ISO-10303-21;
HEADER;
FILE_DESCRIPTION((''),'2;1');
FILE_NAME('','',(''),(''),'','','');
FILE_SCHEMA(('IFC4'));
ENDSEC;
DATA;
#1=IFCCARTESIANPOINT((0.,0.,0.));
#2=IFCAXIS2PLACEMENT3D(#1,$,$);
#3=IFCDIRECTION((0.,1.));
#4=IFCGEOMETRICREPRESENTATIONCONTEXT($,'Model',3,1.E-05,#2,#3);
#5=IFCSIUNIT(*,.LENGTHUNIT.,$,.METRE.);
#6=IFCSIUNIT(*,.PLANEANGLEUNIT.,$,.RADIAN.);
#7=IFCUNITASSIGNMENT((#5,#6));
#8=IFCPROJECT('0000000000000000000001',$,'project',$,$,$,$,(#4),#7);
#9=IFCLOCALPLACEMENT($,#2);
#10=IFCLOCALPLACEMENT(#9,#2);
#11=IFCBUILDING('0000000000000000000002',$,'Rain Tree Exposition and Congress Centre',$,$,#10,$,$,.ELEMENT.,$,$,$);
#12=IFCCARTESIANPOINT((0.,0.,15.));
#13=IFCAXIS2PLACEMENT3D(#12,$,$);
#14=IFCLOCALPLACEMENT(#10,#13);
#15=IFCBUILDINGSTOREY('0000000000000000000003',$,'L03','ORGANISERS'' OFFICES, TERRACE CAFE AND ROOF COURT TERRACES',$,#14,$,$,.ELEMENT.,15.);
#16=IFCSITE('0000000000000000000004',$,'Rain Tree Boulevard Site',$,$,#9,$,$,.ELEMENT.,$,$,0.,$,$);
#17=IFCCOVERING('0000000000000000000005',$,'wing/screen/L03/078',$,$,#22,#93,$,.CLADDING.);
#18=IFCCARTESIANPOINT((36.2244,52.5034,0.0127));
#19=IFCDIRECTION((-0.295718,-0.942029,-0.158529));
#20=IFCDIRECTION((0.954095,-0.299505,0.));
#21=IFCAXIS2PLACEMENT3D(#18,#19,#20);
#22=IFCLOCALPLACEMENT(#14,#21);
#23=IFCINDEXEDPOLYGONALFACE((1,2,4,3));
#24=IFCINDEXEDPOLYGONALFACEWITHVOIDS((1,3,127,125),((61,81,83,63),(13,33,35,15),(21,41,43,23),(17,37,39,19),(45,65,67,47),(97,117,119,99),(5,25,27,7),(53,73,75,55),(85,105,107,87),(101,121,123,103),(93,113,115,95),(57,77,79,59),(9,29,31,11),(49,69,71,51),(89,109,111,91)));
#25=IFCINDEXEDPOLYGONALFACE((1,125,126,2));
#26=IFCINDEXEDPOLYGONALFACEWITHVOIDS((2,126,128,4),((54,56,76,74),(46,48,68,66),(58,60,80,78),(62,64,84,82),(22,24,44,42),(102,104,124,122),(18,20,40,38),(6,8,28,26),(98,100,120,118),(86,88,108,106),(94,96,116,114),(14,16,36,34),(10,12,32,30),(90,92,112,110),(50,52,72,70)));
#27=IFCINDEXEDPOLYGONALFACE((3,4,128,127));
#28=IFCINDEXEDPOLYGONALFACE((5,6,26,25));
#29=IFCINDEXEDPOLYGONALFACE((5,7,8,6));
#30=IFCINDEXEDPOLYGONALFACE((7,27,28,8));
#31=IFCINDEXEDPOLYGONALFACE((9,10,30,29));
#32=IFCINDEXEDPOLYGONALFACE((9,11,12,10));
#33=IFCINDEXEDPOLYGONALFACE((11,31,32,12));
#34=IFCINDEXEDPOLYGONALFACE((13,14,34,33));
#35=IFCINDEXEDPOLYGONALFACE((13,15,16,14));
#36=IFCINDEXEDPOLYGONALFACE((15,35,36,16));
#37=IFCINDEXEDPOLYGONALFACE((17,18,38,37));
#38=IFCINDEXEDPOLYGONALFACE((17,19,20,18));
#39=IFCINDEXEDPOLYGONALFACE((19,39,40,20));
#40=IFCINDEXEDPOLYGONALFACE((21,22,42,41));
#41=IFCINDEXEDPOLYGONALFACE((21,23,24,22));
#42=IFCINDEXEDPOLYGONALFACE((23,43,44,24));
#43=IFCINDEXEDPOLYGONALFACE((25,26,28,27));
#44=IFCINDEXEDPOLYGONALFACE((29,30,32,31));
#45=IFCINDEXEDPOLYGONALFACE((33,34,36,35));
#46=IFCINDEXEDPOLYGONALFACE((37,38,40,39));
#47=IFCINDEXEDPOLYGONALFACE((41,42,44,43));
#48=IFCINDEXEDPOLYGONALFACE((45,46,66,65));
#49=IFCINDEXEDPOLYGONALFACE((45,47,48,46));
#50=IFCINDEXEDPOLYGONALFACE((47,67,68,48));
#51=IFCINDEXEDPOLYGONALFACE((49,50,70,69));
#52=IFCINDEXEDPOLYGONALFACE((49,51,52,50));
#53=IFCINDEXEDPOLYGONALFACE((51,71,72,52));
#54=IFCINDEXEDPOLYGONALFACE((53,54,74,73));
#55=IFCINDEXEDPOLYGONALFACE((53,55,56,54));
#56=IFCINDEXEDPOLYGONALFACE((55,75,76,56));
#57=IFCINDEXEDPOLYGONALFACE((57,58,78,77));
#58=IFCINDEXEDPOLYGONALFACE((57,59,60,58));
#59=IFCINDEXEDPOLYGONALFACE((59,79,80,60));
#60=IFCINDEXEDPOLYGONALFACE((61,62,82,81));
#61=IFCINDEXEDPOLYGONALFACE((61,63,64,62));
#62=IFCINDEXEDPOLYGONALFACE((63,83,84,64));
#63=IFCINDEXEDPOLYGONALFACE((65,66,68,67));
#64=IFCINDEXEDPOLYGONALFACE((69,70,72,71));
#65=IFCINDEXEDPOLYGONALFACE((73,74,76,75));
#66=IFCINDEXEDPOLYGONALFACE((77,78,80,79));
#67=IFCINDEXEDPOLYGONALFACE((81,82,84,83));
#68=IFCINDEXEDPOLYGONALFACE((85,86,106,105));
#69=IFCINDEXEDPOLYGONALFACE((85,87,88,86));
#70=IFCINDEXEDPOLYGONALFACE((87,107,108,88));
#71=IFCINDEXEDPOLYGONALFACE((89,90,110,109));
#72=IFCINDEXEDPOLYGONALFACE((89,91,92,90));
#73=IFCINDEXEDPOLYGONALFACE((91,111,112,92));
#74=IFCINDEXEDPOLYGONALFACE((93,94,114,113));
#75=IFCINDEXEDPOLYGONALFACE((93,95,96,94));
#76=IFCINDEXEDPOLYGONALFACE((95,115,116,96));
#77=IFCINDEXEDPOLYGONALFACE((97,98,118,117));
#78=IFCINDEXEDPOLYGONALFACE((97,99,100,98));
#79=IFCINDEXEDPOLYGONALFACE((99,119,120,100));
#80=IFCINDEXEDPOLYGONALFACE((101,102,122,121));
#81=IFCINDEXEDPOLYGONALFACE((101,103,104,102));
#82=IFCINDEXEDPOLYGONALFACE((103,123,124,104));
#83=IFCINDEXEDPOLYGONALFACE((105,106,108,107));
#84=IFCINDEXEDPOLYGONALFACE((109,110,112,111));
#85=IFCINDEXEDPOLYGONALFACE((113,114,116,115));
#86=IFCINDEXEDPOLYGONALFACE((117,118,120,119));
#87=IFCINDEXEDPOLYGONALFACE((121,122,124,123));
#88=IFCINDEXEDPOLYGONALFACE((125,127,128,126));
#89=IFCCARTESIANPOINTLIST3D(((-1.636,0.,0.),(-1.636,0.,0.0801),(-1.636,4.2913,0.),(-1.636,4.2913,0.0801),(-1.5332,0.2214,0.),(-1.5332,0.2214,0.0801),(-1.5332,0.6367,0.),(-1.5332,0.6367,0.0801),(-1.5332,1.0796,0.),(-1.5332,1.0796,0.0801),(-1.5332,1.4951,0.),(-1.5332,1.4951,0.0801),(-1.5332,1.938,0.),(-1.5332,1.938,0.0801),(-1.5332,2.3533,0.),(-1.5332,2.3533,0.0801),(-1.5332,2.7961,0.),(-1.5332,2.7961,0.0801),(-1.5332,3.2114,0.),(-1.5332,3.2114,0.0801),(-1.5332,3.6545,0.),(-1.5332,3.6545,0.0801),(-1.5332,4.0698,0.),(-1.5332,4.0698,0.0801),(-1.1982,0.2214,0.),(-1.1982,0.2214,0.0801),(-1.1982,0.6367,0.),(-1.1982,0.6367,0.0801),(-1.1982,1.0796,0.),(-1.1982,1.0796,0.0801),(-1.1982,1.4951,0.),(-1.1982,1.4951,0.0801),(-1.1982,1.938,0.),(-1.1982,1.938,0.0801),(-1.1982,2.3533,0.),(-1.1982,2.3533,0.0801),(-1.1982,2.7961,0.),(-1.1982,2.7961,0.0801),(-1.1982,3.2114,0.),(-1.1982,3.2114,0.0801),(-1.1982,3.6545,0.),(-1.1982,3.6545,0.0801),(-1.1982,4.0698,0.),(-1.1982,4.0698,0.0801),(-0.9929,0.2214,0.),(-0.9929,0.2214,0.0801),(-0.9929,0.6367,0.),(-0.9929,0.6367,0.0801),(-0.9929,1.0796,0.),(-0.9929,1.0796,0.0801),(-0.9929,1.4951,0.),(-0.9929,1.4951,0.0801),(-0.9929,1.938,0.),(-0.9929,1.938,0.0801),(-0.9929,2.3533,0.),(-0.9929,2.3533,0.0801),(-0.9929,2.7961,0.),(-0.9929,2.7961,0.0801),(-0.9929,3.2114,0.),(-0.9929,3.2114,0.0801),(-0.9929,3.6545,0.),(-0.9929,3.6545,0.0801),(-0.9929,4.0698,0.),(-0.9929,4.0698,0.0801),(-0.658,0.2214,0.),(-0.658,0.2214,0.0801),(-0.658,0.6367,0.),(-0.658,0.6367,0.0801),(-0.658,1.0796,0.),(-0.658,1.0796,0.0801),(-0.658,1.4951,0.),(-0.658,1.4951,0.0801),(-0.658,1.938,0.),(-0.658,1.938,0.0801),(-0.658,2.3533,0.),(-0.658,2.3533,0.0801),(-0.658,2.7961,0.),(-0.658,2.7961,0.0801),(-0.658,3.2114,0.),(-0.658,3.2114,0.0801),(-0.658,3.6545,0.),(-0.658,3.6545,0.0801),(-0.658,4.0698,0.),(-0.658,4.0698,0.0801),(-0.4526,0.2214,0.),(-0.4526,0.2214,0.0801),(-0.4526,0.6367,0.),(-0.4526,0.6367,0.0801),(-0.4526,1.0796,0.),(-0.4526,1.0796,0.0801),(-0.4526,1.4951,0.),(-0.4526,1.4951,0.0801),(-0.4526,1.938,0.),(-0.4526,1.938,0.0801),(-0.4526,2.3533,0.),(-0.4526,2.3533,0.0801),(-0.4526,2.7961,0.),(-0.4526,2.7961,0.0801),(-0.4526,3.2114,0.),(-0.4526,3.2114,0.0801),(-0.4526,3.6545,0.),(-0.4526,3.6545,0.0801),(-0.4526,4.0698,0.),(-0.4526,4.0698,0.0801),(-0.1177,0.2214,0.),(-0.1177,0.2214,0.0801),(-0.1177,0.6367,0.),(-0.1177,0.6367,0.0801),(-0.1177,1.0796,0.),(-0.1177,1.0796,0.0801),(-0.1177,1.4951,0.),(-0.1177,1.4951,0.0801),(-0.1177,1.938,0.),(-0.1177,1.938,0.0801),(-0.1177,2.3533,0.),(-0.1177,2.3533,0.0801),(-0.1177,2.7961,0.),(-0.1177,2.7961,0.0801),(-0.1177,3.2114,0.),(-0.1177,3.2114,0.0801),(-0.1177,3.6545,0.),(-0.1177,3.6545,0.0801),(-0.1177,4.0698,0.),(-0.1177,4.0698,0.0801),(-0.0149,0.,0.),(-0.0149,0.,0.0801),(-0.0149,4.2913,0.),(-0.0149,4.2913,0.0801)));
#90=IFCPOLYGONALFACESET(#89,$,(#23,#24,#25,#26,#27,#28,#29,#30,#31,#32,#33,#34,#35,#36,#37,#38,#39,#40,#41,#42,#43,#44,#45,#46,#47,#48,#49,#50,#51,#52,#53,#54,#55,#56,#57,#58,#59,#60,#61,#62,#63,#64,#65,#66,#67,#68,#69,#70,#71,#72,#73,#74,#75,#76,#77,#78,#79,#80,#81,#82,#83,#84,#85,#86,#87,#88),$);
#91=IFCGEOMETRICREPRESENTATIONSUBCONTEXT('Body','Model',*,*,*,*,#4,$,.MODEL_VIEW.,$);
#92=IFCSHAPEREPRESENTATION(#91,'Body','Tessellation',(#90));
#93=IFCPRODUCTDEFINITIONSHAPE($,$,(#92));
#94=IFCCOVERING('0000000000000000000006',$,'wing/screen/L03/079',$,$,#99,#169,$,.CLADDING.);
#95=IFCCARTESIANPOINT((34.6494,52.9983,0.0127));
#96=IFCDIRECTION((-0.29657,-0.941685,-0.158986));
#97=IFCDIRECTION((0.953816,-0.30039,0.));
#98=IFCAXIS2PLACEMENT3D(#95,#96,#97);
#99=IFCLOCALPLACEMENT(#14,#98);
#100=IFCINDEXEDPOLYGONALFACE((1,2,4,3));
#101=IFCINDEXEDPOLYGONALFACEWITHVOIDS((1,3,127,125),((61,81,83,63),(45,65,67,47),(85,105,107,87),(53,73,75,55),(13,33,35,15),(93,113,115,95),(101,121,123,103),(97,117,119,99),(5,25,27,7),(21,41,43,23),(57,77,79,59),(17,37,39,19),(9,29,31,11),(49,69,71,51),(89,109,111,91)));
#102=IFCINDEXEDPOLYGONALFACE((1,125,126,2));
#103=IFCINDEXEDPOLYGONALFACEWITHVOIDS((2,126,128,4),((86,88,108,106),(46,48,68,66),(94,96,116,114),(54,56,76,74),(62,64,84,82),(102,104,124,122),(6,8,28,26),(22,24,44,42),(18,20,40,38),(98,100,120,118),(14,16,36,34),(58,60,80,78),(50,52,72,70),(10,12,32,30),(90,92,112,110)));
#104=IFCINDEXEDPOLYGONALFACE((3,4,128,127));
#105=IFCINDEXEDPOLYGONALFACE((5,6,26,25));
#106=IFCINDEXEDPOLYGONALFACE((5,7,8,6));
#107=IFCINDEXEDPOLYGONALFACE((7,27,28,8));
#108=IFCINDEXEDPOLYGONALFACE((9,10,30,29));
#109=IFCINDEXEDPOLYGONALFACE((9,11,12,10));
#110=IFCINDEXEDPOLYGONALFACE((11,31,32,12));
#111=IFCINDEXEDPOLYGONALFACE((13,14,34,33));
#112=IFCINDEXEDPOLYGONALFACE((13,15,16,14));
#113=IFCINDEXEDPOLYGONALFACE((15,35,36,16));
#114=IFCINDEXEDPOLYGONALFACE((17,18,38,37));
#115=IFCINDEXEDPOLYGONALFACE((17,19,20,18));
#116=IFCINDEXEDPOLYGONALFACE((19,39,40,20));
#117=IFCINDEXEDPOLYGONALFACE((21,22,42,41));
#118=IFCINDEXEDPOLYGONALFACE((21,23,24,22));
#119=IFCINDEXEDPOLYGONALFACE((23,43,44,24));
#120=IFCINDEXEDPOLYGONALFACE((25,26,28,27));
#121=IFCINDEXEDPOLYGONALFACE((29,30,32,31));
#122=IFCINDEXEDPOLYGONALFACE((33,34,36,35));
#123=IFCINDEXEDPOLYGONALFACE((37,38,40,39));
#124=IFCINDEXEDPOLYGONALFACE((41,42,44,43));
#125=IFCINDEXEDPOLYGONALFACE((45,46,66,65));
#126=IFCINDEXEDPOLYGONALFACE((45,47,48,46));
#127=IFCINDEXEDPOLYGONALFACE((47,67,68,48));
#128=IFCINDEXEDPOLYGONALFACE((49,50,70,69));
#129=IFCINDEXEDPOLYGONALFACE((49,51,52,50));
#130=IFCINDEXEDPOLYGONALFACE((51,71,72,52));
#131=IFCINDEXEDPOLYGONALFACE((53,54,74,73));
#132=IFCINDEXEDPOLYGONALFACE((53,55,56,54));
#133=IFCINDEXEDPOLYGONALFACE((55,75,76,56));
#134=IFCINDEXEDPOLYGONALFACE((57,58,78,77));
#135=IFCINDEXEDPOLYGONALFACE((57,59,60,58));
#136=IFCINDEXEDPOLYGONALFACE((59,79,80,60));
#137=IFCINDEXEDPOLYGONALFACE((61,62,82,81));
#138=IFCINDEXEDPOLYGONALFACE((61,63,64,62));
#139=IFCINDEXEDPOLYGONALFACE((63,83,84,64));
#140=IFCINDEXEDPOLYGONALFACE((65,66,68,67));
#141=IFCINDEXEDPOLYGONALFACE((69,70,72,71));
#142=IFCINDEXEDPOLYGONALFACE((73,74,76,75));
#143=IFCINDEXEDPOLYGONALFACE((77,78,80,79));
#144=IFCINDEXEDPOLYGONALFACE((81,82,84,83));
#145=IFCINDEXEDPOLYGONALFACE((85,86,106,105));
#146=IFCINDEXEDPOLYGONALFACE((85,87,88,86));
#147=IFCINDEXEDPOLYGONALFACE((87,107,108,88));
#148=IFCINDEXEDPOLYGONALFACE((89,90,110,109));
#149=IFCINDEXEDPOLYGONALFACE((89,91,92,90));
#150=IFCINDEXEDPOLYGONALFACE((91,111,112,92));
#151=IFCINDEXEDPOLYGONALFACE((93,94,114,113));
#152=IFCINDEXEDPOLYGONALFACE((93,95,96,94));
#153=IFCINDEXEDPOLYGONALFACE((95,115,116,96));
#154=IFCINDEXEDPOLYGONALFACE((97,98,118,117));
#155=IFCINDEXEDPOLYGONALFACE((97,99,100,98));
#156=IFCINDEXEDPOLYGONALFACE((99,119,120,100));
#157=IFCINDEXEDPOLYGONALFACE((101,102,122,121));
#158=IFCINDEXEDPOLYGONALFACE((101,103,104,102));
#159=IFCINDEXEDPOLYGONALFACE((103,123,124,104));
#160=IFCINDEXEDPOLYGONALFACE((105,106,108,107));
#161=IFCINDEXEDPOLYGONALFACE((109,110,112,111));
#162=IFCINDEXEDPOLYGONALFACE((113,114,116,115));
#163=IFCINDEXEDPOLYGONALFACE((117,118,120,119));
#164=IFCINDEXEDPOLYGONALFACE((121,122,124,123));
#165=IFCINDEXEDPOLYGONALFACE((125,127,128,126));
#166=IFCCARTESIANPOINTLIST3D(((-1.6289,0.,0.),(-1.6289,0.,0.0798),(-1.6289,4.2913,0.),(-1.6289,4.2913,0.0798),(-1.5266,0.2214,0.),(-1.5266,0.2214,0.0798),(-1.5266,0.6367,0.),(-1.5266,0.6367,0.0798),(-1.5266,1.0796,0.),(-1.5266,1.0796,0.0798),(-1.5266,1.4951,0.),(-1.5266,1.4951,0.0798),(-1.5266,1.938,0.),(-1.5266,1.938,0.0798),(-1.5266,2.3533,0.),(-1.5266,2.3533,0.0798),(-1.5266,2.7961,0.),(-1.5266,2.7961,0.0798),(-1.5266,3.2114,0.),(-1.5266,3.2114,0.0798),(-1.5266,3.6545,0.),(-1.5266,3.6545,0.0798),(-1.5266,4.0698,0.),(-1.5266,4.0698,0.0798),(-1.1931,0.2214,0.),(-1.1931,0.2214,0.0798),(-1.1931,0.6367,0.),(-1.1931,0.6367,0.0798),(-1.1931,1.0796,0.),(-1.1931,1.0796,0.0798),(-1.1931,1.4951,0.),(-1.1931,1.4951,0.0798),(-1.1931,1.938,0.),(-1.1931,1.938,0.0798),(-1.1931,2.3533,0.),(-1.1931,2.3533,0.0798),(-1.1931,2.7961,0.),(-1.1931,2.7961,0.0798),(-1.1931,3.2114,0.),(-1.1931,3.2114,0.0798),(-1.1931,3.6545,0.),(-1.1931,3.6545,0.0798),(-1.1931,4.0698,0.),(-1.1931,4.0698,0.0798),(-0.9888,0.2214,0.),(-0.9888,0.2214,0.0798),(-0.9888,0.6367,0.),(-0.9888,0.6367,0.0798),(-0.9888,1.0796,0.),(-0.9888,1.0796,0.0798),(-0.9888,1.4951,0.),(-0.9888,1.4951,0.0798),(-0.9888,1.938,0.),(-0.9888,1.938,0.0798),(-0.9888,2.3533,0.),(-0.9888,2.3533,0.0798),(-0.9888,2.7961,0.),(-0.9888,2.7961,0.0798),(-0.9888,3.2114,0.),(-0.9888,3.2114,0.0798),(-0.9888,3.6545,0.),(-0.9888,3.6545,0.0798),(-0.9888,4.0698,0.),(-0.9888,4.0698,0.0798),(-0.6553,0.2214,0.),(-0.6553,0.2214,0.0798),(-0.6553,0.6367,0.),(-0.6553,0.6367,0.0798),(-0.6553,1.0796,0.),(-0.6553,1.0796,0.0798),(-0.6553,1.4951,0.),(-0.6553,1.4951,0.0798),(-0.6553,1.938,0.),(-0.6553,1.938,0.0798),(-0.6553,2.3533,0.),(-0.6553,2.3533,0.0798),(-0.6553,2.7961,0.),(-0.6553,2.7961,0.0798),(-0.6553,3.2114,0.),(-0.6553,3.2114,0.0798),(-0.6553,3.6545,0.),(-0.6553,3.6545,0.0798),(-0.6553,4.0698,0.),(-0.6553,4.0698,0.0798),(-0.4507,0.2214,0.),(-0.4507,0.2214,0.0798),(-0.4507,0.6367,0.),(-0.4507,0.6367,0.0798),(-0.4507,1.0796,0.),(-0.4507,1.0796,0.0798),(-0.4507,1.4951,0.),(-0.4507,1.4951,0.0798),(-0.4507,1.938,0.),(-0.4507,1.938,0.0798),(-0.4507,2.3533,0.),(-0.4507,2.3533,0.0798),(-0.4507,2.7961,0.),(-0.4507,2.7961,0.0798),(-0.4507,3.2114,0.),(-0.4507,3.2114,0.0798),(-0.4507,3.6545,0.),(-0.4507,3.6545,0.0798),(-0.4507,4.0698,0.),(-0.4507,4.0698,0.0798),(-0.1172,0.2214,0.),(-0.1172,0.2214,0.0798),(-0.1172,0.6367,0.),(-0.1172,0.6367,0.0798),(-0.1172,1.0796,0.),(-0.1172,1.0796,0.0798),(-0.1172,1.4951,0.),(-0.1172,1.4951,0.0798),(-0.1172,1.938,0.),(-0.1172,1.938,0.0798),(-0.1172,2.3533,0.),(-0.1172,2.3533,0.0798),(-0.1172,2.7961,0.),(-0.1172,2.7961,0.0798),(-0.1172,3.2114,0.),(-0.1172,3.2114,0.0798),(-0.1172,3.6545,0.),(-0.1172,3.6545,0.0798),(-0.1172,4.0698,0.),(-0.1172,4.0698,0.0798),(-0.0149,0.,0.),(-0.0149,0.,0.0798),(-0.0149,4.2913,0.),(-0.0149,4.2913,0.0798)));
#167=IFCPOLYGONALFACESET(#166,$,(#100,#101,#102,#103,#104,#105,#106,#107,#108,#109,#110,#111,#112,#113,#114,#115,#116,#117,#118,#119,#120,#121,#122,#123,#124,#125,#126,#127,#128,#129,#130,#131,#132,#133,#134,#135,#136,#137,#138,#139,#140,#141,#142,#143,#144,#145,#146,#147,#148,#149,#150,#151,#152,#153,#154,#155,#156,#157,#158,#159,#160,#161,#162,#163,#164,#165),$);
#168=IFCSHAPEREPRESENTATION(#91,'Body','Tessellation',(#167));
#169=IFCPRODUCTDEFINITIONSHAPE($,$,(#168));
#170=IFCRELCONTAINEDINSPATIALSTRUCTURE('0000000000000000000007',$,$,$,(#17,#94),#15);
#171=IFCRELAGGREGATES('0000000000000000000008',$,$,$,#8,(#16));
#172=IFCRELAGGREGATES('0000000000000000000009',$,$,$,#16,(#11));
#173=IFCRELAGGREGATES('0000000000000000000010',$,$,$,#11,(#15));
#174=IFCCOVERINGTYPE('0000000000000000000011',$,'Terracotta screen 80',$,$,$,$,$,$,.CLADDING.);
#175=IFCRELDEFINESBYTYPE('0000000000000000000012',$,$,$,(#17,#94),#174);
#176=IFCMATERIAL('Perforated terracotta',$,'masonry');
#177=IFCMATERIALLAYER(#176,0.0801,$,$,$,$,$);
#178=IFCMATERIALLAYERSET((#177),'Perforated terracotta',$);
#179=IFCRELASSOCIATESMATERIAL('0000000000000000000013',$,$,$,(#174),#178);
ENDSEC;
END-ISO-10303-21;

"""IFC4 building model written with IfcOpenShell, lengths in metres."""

from ifc_helpers import new_model, si_unit, direction, frame, origin, place, context, subcontext, project, spatial, polyline, outline, extrude, material, layer, layer_set, type_object, element, save


model = new_model("IFC4")

# Units and contexts
model_context = context("Model", 3, precision=1e-05, world=origin(), true_north=direction((0.0, 1.0)))
body_context = subcontext(model_context, "Body", "Model", "MODEL_VIEW")
ifc_project = project(units=[si_unit("LENGTHUNIT", "METRE"), si_unit("PLANEANGLEUNIT", "RADIAN")], contexts=[model_context])

# Site, building, storey
site_placement = place(None, origin())
site = spatial("IfcSite", under=ifc_project, at=site_placement, Name="Rain Tree Boulevard Site", CompositionType="ELEMENT", RefElevation=0.0)
building_placement = place(site_placement, origin())
building = spatial("IfcBuilding", under=site, at=building_placement, Name="Rain Tree Exposition and Congress Centre", CompositionType="ELEMENT")
storey_placement = place(building_placement, frame((0.0, 0.0, 15.0)))
storey = spatial("IfcBuildingStorey", under=building, at=storey_placement, Name="L03", Description="ORGANISERS' OFFICES, TERRACE CAFE AND ROOF COURT TERRACES", CompositionType="ELEMENT", Elevation=15.0)

# Coverings
ifc_material_1 = material(Name="Perforated terracotta", Category="masonry")
ifc_layer = layer(ifc_material_1, 0.0801)
ifc_layer_set = layer_set([ifc_layer], Name="Perforated terracotta")
covering_type = type_object("IfcCoveringType", Name="Terracotta screen 80", PredefinedType="CLADDING", material=ifc_layer_set)
covering_1_placement = place(storey_placement, frame((36.2244, 52.5034, 0.0127), z_axis=(-0.295718, -0.942029, -0.158529), x_axis=(0.954095, -0.299505, 0.0)))
element("IfcCovering", 1, at=covering_1_placement, inside=storey, type_object=covering_type, Name="wing/screen/L03/078", PredefinedType="CLADDING", context=body_context, shape_type="SweptSolid", body=[
    extrude(outline(polyline([(-1.636, 0.0), (-1.636, 4.2913), (-0.0149, 4.2913), (-0.0149, 0.0), (-1.636, 0.0)]), holes=[polyline([(-0.1177, 0.2214), (-0.1177, 0.6367), (-0.4526, 0.6367), (-0.4526, 0.2214), (-0.1177, 0.2214)]), polyline([(-0.1177, 1.0796), (-0.1177, 1.4951), (-0.4526, 1.4951), (-0.4526, 1.0796), (-0.1177, 1.0796)]), polyline([(-0.1177, 1.938), (-0.1177, 2.3533), (-0.4526, 2.3533), (-0.4526, 1.938), (-0.1177, 1.938)]), polyline([(-0.1177, 2.7961), (-0.1177, 3.2114), (-0.4526, 3.2114), (-0.4526, 2.7961), (-0.1177, 2.7961)]), polyline([(-0.1177, 3.6545), (-0.1177, 4.0698), (-0.4526, 4.0698), (-0.4526, 3.6545), (-0.1177, 3.6545)]), polyline([(-0.658, 0.2214), (-0.658, 0.6367), (-0.9929, 0.6367), (-0.9929, 0.2214), (-0.658, 0.2214)]), polyline([(-0.658, 1.0796), (-0.658, 1.4951), (-0.9929, 1.4951), (-0.9929, 1.0796), (-0.658, 1.0796)]), polyline([(-0.658, 1.938), (-0.658, 2.3533), (-0.9929, 2.3533), (-0.9929, 1.938), (-0.658, 1.938)]), polyline([(-0.658, 2.7961), (-0.658, 3.2114), (-0.9929, 3.2114), (-0.9929, 2.7961), (-0.658, 2.7961)]), polyline([(-0.658, 3.6545), (-0.658, 4.0698), (-0.9929, 4.0698), (-0.9929, 3.6545), (-0.658, 3.6545)]), polyline([(-1.1982, 0.2214), (-1.1982, 0.6367), (-1.5332, 0.6367), (-1.5332, 0.2214), (-1.1982, 0.2214)]), polyline([(-1.1982, 1.0796), (-1.1982, 1.4951), (-1.5332, 1.4951), (-1.5332, 1.0796), (-1.1982, 1.0796)]), polyline([(-1.1982, 1.938), (-1.1982, 2.3533), (-1.5332, 2.3533), (-1.5332, 1.938), (-1.1982, 1.938)]), polyline([(-1.1982, 2.7961), (-1.1982, 3.2114), (-1.5332, 3.2114), (-1.5332, 2.7961), (-1.1982, 2.7961)]), polyline([(-1.1982, 3.6545), (-1.1982, 4.0698), (-1.5332, 4.0698), (-1.5332, 3.6545), (-1.1982, 3.6545)])]), origin(), (0.0, 0.0, 1.0), 0.0801),
])
covering_2_placement = place(storey_placement, frame((34.6494, 52.9983, 0.0127), z_axis=(-0.29657, -0.941685, -0.158986), x_axis=(0.953816, -0.30039, 0.0)))
element("IfcCovering", 2, at=covering_2_placement, inside=storey, type_object=covering_type, Name="wing/screen/L03/079", PredefinedType="CLADDING", context=body_context, shape_type="SweptSolid", body=[
    extrude(outline(polyline([(-1.6289, 0.0), (-1.6289, 4.2913), (-0.0149, 4.2913), (-0.0149, 0.0), (-1.6289, 0.0)]), holes=[polyline([(-0.1172, 0.2214), (-0.1172, 0.6367), (-0.4507, 0.6367), (-0.4507, 0.2214), (-0.1172, 0.2214)]), polyline([(-0.1172, 1.0796), (-0.1172, 1.4951), (-0.4507, 1.4951), (-0.4507, 1.0796), (-0.1172, 1.0796)]), polyline([(-0.1172, 1.938), (-0.1172, 2.3533), (-0.4507, 2.3533), (-0.4507, 1.938), (-0.1172, 1.938)]), polyline([(-0.1172, 2.7961), (-0.1172, 3.2114), (-0.4507, 3.2114), (-0.4507, 2.7961), (-0.1172, 2.7961)]), polyline([(-0.1172, 3.6545), (-0.1172, 4.0698), (-0.4507, 4.0698), (-0.4507, 3.6545), (-0.1172, 3.6545)]), polyline([(-0.6553, 0.2214), (-0.6553, 0.6367), (-0.9888, 0.6367), (-0.9888, 0.2214), (-0.6553, 0.2214)]), polyline([(-0.6553, 1.0796), (-0.6553, 1.4951), (-0.9888, 1.4951), (-0.9888, 1.0796), (-0.6553, 1.0796)]), polyline([(-0.6553, 1.938), (-0.6553, 2.3533), (-0.9888, 2.3533), (-0.9888, 1.938), (-0.6553, 1.938)]), polyline([(-0.6553, 2.7961), (-0.6553, 3.2114), (-0.9888, 3.2114), (-0.9888, 2.7961), (-0.6553, 2.7961)]), polyline([(-0.6553, 3.6545), (-0.6553, 4.0698), (-0.9888, 4.0698), (-0.9888, 3.6545), (-0.6553, 3.6545)]), polyline([(-1.1931, 0.2214), (-1.1931, 0.6367), (-1.5266, 0.6367), (-1.5266, 0.2214), (-1.1931, 0.2214)]), polyline([(-1.1931, 1.0796), (-1.1931, 1.4951), (-1.5266, 1.4951), (-1.5266, 1.0796), (-1.1931, 1.0796)]), polyline([(-1.1931, 1.938), (-1.1931, 2.3533), (-1.5266, 2.3533), (-1.5266, 1.938), (-1.1931, 1.938)]), polyline([(-1.1931, 2.7961), (-1.1931, 3.2114), (-1.5266, 3.2114), (-1.5266, 2.7961), (-1.1931, 2.7961)]), polyline([(-1.1931, 3.6545), (-1.1931, 4.0698), (-1.5266, 4.0698), (-1.5266, 3.6545), (-1.1931, 3.6545)])]), origin(), (0.0, 0.0, 1.0), 0.0798),
])

save(model, "model.ifc")
